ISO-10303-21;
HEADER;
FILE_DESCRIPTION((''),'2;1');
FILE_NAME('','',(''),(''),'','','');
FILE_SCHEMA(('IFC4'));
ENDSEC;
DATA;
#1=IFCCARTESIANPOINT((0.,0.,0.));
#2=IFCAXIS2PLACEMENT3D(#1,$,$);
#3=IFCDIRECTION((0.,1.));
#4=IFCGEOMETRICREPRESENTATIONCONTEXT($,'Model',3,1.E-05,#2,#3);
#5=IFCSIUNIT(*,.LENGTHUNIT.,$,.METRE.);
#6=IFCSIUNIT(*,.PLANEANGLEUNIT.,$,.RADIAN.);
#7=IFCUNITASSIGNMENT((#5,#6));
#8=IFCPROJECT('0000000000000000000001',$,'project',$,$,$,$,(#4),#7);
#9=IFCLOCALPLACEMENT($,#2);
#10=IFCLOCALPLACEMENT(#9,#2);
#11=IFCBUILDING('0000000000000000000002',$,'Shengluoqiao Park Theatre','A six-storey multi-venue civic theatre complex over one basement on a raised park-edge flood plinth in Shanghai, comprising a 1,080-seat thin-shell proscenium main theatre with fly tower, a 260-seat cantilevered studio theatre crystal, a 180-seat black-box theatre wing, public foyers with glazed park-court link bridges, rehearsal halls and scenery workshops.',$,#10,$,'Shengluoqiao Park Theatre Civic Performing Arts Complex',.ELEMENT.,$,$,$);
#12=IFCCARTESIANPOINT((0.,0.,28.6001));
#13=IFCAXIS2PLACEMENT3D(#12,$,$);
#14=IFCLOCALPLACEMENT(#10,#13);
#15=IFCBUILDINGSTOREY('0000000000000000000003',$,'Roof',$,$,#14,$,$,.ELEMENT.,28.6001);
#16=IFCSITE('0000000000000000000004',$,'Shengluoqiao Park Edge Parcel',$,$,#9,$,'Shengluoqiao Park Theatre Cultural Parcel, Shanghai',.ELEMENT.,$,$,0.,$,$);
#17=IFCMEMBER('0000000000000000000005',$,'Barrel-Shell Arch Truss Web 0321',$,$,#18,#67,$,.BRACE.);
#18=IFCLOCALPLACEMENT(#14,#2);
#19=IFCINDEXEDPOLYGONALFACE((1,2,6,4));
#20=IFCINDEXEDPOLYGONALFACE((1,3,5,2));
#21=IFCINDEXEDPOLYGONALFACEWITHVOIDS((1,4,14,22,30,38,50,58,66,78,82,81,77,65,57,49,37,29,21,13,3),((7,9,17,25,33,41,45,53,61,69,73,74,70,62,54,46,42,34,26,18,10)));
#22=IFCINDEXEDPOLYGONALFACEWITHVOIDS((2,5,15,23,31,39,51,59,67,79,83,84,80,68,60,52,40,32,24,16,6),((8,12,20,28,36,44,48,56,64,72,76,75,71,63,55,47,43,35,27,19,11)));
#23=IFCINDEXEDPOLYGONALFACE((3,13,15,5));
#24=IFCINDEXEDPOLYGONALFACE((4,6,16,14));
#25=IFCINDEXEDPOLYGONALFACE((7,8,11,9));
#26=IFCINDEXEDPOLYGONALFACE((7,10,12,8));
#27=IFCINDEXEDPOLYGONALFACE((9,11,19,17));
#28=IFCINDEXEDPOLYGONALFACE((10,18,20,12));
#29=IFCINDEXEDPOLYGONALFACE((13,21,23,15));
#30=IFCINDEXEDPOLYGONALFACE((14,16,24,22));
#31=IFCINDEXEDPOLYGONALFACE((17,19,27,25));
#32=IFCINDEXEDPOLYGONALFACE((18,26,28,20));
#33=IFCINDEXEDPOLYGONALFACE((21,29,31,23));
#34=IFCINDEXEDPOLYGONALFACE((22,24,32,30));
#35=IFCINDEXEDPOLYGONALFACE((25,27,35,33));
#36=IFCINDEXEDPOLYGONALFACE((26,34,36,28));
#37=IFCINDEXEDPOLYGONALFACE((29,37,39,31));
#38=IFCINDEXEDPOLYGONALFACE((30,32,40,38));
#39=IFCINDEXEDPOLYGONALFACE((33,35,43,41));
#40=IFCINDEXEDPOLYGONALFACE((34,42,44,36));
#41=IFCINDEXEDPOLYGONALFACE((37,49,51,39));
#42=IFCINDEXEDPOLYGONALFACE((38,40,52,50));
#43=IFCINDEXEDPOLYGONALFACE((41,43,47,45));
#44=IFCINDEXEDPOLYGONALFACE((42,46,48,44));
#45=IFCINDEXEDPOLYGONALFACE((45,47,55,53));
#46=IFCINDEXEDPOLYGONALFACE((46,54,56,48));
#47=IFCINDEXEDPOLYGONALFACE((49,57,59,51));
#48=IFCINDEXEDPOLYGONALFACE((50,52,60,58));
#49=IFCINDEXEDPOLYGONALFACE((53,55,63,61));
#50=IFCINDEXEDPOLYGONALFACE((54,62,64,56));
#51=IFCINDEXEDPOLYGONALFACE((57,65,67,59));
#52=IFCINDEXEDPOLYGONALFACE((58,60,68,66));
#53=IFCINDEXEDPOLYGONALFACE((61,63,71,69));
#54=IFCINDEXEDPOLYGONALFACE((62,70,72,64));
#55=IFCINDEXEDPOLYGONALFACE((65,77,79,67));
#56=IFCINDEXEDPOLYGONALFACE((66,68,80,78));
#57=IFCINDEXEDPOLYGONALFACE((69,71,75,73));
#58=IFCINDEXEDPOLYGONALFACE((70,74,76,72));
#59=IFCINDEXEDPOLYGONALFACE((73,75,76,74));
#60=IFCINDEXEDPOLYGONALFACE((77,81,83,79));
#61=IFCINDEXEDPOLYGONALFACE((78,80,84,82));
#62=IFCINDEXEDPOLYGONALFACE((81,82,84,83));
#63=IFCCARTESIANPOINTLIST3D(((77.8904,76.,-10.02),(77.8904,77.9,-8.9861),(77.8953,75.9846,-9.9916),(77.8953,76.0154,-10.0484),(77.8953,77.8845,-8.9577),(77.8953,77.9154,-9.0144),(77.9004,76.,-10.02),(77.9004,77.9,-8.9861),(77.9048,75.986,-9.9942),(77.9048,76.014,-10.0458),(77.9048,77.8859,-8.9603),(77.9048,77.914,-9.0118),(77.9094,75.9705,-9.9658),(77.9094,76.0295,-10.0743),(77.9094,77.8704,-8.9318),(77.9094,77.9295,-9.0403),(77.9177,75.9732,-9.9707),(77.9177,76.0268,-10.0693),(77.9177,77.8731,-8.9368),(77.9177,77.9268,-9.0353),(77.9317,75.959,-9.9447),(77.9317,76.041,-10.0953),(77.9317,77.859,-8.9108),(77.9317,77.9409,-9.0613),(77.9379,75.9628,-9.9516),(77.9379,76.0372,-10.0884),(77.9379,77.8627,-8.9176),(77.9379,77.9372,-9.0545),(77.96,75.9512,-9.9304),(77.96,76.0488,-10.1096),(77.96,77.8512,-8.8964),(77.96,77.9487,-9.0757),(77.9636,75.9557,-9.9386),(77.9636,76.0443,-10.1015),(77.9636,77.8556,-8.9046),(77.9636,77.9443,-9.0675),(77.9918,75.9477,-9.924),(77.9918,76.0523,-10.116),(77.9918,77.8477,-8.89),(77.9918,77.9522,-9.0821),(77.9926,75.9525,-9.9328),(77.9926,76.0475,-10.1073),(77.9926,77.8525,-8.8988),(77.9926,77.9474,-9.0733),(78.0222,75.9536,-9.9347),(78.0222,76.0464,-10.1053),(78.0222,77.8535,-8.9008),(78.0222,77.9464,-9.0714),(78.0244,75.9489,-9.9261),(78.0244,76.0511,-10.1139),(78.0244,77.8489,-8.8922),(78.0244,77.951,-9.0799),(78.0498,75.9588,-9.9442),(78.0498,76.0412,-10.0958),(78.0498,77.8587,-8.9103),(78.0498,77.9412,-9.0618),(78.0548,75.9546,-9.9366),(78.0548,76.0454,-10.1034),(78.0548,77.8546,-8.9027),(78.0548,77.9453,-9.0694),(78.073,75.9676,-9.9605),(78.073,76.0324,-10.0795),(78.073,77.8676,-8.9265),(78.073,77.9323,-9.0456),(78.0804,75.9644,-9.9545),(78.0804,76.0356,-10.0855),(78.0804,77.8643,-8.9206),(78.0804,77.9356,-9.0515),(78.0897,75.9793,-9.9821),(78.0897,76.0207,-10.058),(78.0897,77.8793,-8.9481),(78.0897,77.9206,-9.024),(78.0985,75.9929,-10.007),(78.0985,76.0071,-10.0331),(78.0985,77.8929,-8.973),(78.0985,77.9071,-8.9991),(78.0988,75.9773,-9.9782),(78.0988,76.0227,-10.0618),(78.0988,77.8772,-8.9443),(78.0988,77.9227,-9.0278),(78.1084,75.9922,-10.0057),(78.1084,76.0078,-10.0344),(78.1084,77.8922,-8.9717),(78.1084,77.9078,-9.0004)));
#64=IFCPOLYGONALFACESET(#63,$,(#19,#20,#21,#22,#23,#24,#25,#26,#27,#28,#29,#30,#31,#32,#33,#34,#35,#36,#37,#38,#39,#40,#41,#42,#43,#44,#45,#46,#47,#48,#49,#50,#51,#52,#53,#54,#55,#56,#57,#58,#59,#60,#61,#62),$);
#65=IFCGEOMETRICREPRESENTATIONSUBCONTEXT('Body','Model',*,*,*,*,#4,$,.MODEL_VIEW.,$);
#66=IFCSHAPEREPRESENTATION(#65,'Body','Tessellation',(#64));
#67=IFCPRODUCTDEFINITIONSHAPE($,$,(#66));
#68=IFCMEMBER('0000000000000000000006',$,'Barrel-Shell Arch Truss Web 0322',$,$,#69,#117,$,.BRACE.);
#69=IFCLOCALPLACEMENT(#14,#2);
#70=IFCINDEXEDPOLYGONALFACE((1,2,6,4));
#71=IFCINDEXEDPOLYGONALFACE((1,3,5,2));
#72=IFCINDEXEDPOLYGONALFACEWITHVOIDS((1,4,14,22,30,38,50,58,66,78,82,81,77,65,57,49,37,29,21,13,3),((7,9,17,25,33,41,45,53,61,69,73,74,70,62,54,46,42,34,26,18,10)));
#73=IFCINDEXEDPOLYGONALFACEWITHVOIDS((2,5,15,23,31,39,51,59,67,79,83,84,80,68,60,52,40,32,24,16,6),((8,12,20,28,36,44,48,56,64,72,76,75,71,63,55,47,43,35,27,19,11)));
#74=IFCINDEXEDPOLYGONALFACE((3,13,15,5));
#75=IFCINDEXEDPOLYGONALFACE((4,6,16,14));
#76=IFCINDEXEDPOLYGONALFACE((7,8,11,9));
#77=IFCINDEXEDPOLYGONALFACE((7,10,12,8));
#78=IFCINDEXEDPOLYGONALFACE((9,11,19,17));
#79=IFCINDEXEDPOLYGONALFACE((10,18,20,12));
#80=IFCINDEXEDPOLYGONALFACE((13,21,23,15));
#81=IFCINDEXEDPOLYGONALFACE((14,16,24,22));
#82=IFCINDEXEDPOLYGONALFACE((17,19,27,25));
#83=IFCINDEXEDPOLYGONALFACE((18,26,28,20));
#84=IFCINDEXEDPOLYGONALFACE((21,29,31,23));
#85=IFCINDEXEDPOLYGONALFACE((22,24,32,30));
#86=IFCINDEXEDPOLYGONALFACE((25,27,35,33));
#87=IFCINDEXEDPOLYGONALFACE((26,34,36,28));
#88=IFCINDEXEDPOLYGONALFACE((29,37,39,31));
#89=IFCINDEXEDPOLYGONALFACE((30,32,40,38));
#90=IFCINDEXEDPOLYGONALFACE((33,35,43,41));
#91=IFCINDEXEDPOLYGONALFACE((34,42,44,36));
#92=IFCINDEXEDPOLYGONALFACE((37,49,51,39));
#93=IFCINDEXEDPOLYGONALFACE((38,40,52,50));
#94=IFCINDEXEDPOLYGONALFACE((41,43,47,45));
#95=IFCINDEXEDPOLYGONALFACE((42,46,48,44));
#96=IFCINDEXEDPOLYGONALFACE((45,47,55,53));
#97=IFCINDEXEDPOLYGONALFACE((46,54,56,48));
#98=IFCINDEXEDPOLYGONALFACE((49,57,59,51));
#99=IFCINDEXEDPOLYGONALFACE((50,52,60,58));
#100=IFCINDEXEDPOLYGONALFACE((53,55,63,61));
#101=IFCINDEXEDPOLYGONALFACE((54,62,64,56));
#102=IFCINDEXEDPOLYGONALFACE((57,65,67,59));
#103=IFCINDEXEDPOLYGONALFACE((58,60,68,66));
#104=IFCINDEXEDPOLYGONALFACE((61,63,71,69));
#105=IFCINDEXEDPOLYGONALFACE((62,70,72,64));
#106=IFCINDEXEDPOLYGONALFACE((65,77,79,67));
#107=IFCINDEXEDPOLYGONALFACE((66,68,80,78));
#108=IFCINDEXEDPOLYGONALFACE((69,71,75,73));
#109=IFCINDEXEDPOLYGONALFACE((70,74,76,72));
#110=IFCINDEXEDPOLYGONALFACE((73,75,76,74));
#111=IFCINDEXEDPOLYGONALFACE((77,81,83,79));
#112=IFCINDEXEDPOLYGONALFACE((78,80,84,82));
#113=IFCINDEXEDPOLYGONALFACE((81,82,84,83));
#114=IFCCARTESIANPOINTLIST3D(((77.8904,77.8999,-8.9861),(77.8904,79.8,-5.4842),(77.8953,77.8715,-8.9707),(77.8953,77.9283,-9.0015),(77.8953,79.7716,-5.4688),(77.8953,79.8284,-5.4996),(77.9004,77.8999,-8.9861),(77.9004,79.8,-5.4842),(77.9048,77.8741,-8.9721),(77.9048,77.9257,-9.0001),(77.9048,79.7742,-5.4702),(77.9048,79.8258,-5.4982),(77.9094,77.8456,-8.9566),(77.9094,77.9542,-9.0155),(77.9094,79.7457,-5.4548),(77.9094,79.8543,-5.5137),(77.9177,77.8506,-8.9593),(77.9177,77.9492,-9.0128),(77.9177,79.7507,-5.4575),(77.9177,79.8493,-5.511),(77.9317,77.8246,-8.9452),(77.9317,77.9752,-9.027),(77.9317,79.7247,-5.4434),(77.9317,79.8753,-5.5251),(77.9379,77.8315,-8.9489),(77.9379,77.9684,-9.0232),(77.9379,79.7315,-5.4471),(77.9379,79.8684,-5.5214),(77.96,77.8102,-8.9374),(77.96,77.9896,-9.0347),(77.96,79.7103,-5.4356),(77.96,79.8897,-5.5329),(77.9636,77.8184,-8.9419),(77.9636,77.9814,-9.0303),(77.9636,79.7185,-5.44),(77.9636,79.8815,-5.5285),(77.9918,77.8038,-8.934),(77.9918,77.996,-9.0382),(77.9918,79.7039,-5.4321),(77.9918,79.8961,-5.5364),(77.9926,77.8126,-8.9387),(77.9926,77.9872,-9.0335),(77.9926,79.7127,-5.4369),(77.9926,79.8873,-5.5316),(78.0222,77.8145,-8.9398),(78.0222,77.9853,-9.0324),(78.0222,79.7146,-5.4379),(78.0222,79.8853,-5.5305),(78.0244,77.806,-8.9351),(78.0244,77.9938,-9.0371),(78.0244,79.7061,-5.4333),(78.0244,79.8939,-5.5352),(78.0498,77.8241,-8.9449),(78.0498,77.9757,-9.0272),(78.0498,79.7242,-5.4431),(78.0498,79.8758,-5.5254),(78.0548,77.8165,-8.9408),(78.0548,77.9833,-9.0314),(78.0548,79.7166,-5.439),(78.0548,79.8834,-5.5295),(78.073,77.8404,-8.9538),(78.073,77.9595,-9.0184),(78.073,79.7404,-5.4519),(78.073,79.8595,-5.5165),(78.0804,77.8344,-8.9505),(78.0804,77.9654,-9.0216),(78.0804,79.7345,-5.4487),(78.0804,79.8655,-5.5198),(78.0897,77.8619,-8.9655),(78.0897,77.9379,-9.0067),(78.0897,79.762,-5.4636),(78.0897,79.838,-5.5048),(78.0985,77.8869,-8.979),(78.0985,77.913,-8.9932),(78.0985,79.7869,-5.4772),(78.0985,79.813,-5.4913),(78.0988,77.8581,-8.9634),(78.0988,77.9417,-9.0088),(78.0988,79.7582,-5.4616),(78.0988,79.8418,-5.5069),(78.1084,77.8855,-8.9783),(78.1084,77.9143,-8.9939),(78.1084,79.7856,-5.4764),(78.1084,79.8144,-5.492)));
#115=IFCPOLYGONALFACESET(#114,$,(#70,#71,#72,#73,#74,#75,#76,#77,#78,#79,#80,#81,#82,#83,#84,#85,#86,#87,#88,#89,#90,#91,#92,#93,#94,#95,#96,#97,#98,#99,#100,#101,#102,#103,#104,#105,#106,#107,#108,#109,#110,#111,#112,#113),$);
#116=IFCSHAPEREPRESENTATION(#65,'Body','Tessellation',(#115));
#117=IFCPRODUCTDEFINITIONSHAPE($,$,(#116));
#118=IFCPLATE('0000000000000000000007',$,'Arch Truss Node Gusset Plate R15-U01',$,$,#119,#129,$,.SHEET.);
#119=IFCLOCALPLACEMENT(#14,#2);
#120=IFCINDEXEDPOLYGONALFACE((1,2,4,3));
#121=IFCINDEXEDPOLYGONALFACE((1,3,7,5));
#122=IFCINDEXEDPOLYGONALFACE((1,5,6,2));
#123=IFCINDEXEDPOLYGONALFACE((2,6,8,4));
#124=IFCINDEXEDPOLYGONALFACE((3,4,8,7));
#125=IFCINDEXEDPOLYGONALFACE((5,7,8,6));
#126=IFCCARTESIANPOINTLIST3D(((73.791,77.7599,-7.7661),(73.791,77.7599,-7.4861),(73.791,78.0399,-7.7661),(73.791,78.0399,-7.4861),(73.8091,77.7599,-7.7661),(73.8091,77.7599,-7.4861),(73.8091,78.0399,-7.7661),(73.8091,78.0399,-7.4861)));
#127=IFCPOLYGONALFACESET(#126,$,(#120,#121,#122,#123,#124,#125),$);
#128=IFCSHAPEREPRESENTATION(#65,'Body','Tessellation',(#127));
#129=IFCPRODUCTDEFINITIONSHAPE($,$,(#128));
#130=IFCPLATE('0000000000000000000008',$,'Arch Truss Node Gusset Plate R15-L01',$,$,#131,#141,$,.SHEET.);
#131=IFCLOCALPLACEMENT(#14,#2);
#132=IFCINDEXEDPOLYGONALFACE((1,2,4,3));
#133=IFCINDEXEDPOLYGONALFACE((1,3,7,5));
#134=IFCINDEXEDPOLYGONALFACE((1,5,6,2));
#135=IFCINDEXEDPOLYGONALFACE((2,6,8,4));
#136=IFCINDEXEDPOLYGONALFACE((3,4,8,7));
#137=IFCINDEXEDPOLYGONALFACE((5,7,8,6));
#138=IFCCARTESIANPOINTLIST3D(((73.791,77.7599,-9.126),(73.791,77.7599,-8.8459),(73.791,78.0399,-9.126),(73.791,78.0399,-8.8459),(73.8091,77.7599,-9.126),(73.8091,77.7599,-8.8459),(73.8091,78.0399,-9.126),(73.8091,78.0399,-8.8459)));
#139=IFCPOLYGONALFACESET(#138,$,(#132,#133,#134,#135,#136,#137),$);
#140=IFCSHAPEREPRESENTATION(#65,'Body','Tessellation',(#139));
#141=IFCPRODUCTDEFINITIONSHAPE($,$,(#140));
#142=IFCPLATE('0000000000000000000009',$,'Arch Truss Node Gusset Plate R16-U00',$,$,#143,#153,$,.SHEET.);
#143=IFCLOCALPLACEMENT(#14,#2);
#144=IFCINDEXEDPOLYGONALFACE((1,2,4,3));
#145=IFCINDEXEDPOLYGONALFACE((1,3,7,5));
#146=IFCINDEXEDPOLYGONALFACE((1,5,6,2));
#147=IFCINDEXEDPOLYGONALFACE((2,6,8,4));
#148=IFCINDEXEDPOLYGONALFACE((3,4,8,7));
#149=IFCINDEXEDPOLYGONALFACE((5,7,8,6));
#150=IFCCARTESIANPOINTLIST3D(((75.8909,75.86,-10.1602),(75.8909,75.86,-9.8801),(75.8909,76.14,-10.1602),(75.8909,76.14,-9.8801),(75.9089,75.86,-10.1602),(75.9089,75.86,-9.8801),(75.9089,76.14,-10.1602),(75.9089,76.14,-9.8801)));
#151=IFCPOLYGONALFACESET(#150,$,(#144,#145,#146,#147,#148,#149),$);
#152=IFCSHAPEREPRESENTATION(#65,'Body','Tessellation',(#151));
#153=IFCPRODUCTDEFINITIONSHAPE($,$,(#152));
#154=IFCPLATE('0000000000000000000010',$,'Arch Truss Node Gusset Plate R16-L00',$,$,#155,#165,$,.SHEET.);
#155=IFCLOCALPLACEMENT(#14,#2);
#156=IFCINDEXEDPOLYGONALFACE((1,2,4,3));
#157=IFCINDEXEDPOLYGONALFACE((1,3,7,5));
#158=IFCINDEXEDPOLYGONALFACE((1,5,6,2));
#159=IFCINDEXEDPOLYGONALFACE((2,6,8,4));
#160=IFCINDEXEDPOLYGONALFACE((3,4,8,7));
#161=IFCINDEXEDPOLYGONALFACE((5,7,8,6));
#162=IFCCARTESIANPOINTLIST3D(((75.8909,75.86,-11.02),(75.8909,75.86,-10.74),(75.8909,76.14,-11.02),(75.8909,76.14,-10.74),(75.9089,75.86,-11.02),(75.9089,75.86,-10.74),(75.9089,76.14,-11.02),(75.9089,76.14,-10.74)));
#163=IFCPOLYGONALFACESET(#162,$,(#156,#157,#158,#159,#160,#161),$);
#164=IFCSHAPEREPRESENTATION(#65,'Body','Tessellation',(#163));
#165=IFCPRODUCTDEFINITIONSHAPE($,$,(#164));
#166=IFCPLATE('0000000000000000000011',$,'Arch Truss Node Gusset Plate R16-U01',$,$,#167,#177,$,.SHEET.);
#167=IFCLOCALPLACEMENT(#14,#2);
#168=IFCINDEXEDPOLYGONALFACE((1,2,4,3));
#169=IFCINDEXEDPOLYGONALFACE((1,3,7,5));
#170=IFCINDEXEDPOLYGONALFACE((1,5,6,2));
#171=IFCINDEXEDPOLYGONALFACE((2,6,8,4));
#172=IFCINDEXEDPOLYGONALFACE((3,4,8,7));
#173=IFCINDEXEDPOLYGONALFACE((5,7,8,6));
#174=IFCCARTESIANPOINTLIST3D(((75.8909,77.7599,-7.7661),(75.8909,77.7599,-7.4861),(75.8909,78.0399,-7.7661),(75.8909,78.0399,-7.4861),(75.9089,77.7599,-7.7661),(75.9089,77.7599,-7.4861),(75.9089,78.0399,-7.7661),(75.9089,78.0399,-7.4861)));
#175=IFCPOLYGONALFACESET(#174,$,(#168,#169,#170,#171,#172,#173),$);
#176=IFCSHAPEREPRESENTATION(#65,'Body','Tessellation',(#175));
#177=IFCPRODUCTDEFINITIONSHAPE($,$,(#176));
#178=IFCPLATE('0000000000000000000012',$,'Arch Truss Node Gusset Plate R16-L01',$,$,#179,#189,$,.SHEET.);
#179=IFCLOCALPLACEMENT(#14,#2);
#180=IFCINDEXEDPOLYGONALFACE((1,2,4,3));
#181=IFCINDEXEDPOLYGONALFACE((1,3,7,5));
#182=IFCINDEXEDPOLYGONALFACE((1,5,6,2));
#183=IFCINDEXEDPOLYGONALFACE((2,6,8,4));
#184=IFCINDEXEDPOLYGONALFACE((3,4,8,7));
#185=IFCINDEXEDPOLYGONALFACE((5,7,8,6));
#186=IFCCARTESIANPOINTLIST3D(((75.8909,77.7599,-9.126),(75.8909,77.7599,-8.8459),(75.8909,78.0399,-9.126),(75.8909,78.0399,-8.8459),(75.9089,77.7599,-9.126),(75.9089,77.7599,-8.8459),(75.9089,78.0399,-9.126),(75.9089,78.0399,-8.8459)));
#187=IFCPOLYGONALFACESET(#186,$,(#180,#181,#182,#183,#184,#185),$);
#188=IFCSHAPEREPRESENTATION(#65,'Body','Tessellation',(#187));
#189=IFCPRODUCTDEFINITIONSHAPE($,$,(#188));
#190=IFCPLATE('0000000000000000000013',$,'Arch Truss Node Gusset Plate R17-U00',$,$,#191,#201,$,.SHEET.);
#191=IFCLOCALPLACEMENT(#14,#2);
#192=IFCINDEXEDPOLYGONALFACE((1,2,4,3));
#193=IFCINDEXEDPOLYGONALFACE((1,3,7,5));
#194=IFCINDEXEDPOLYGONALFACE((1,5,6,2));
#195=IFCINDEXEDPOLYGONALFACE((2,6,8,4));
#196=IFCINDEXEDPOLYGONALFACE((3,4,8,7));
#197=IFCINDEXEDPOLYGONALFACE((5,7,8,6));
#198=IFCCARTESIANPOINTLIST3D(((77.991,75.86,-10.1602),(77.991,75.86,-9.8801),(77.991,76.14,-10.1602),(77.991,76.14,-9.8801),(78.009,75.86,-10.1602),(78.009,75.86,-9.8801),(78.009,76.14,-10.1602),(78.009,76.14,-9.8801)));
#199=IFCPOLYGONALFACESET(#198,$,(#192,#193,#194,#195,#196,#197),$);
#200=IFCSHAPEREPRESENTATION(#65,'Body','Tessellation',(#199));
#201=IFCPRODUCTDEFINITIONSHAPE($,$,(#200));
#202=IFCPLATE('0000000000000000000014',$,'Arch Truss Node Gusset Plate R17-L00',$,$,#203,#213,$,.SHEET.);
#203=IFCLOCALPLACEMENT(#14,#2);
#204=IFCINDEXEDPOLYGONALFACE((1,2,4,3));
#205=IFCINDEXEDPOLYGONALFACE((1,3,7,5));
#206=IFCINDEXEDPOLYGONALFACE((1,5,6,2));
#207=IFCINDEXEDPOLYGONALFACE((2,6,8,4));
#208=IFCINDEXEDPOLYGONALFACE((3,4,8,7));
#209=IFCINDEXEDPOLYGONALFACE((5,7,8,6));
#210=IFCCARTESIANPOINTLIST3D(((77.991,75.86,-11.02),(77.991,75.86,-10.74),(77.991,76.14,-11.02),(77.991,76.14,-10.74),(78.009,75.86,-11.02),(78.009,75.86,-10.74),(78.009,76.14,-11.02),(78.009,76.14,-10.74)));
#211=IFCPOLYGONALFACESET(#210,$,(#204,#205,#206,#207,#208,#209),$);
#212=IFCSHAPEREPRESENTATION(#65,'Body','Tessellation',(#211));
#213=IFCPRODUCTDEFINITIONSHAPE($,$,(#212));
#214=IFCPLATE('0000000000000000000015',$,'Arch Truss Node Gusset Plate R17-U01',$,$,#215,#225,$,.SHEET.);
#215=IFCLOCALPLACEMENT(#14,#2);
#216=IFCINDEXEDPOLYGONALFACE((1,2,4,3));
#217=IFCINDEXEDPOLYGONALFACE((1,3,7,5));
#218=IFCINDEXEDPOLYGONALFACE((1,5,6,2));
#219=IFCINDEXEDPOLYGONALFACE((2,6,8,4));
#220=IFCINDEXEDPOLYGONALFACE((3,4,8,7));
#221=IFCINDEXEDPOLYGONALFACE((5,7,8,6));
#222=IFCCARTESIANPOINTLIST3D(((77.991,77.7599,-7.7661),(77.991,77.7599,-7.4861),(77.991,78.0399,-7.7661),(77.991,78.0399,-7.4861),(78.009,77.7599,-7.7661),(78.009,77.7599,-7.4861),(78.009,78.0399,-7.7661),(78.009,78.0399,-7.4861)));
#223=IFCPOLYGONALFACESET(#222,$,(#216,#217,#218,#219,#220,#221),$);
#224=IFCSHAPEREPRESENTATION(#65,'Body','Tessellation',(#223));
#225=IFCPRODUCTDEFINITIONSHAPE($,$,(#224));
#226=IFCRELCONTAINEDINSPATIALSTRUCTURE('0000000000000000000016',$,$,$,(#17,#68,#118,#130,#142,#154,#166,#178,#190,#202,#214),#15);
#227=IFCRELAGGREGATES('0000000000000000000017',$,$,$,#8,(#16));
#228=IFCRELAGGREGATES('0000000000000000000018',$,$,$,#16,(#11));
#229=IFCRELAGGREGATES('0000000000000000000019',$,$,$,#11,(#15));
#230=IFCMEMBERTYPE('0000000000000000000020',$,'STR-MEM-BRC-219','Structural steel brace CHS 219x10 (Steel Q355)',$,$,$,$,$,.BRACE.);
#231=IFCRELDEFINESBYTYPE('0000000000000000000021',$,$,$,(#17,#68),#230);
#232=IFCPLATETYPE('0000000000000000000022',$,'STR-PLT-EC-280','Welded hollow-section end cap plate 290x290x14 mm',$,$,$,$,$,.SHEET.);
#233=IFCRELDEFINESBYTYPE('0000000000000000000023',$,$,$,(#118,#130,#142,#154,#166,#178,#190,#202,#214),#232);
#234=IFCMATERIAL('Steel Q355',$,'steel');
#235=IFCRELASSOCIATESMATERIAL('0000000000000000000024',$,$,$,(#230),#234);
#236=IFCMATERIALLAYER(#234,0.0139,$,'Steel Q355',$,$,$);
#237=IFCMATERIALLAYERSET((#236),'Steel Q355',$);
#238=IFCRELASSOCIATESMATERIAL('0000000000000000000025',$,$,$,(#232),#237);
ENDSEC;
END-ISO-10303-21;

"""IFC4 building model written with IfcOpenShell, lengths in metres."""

from ifc_helpers import new_model, si_unit, direction, frame, origin, origin_2d, place, context, subcontext, project, spatial, rectangle, hollow_circle, extrude, material, layer, layer_set, material_profile, profile_set, type_object, element, save


model = new_model("IFC4")

# Units and contexts
model_context = context("Model", 3, precision=1e-05, world=origin(), true_north=direction((0.0, 1.0)))
body_context = subcontext(model_context, "Body", "Model", "MODEL_VIEW")
ifc_project = project(units=[si_unit("LENGTHUNIT", "METRE"), si_unit("PLANEANGLEUNIT", "RADIAN")], contexts=[model_context])

# Site, building, storey
site_placement = place(None, origin())
site = spatial("IfcSite", under=ifc_project, at=site_placement, Name="Shengluoqiao Park Edge Parcel", LongName="Shengluoqiao Park Theatre Cultural Parcel, Shanghai", CompositionType="ELEMENT", RefElevation=0.0)
building_placement = place(site_placement, origin())
building = spatial("IfcBuilding", under=site, at=building_placement, Name="Shengluoqiao Park Theatre", Description="A six-storey multi-venue civic theatre complex over one basement on a raised park-edge flood plinth in Shanghai, comprising a 1,080-seat thin-shell proscenium main theatre with fly tower, a 260-seat cantilevered studio theatre crystal, a 180-seat black-box theatre wing, public foyers with glazed park-court link bridges, rehearsal halls and scenery workshops.", LongName="Shengluoqiao Park Theatre Civic Performing Arts Complex", CompositionType="ELEMENT")
storey_placement = place(building_placement, frame((0.0, 0.0, 28.6001)))
storey = spatial("IfcBuildingStorey", under=building, at=storey_placement, Name="Roof", CompositionType="ELEMENT", Elevation=28.6001)

# Shared definitions
ifc_material_1 = material(Name="Steel Q355", Category="steel")

# Members
ifc_material_profile_1 = material_profile(ifc_material_1, hollow_circle(Radius=0.1096, WallThickness=0.01, at=origin_2d()), Name="CHS 219x10")
ifc_profile_set_1 = profile_set([ifc_material_profile_1], Name="Steel Q355")
member_type = type_object("IfcMemberType", Name="STR-MEM-BRC-219", Description="Structural steel brace CHS 219x10 (Steel Q355)", PredefinedType="BRACE", material=ifc_profile_set_1)
member_1_placement = place(storey_placement, frame((78.0, 76.0, -10.02), z_axis=(0.0, 0.878357, 0.478006), x_axis=(-1.0, 0.0, 0.0)))
element("IfcMember", 1, at=member_1_placement, inside=storey, type_object=member_type, Name="Barrel-Shell Arch Truss Web 0321", PredefinedType="BRACE", context=body_context, shape_type="SweptSolid", body=[
    extrude(hollow_circle(Radius=0.1096, WallThickness=0.01, at=origin_2d()), origin(), (0.0, 0.0, 1.0), 2.1631),
])
member_2_placement = place(storey_placement, frame((78.0, 77.8999, -8.9861), z_axis=(0.0, 0.476915, 0.87895), x_axis=(-1.0, 0.0, 0.0)))
element("IfcMember", 2, at=member_2_placement, inside=storey, type_object=member_type, Name="Barrel-Shell Arch Truss Web 0322", PredefinedType="BRACE", context=body_context, shape_type="SweptSolid", body=[
    extrude(hollow_circle(Radius=0.1096, WallThickness=0.01, at=origin_2d()), origin(), (0.0, 0.0, 1.0), 3.9841),
])

# Plates
ifc_layer_1 = layer(ifc_material_1, 0.0139, Name="Steel Q355")
ifc_layer_set_1 = layer_set([ifc_layer_1], Name="Steel Q355")
plate_type_1 = type_object("IfcPlateType", Name="STR-PLT-EC-280", Description="Welded hollow-section end cap plate 290x290x14 mm", PredefinedType="SHEET", material=ifc_layer_set_1)
for number, where, z_axis, x_axis, name in (
    (3, (73.8, 77.8999, -7.7661), (0.0, 0.0, 1.0), (1.0, 0.0, 0.0), "Arch Truss Node Gusset Plate R15-U01"),
    (4, (73.8, 77.8999, -9.126), (0.0, 0.0, 1.0), (1.0, 0.0, 0.0), "Arch Truss Node Gusset Plate R15-L01"),
    (5, (75.8999, 76.0, -10.1602), (0.0, 0.0, 1.0), (1.0, 0.0, 0.0), "Arch Truss Node Gusset Plate R16-U00"),
    (6, (75.8999, 76.0, -11.02), (0.0, 0.0, 1.0), (1.0, 0.0, 0.0), "Arch Truss Node Gusset Plate R16-L00"),
    (7, (75.8999, 77.8999, -7.7661), (0.0, 0.0, 1.0), (1.0, 0.0, 0.0), "Arch Truss Node Gusset Plate R16-U01"),
    (8, (75.8999, 77.8999, -9.126), (0.0, 0.0, 1.0), (1.0, 0.0, 0.0), "Arch Truss Node Gusset Plate R16-L01"),
    (9, (78.0, 76.0, -10.1602), (0.0, 0.0, 1.0), (1.0, 0.0, 0.0), "Arch Truss Node Gusset Plate R17-U00"),
    (10, (78.0, 76.0, -11.02), (0.0, 0.0, 1.0), (1.0, 0.0, 0.0), "Arch Truss Node Gusset Plate R17-L00"),
    (11, (78.0, 77.8999, -7.7661), (0.0, 0.0, 1.0), (1.0, 0.0, 0.0), "Arch Truss Node Gusset Plate R17-U01"),
):
    element("IfcPlate", number, at=place(storey_placement, frame(where, z_axis=z_axis, x_axis=x_axis)), inside=storey, type_object=plate_type_1, Name=name, PredefinedType="SHEET", context=body_context, shape_type="SweptSolid", body=[
        extrude(rectangle(XDim=0.0181, YDim=0.28, at=origin_2d()), origin(), (0.0, 0.0, 1.0), 0.28),
    ])

save(model, "model.ifc")
